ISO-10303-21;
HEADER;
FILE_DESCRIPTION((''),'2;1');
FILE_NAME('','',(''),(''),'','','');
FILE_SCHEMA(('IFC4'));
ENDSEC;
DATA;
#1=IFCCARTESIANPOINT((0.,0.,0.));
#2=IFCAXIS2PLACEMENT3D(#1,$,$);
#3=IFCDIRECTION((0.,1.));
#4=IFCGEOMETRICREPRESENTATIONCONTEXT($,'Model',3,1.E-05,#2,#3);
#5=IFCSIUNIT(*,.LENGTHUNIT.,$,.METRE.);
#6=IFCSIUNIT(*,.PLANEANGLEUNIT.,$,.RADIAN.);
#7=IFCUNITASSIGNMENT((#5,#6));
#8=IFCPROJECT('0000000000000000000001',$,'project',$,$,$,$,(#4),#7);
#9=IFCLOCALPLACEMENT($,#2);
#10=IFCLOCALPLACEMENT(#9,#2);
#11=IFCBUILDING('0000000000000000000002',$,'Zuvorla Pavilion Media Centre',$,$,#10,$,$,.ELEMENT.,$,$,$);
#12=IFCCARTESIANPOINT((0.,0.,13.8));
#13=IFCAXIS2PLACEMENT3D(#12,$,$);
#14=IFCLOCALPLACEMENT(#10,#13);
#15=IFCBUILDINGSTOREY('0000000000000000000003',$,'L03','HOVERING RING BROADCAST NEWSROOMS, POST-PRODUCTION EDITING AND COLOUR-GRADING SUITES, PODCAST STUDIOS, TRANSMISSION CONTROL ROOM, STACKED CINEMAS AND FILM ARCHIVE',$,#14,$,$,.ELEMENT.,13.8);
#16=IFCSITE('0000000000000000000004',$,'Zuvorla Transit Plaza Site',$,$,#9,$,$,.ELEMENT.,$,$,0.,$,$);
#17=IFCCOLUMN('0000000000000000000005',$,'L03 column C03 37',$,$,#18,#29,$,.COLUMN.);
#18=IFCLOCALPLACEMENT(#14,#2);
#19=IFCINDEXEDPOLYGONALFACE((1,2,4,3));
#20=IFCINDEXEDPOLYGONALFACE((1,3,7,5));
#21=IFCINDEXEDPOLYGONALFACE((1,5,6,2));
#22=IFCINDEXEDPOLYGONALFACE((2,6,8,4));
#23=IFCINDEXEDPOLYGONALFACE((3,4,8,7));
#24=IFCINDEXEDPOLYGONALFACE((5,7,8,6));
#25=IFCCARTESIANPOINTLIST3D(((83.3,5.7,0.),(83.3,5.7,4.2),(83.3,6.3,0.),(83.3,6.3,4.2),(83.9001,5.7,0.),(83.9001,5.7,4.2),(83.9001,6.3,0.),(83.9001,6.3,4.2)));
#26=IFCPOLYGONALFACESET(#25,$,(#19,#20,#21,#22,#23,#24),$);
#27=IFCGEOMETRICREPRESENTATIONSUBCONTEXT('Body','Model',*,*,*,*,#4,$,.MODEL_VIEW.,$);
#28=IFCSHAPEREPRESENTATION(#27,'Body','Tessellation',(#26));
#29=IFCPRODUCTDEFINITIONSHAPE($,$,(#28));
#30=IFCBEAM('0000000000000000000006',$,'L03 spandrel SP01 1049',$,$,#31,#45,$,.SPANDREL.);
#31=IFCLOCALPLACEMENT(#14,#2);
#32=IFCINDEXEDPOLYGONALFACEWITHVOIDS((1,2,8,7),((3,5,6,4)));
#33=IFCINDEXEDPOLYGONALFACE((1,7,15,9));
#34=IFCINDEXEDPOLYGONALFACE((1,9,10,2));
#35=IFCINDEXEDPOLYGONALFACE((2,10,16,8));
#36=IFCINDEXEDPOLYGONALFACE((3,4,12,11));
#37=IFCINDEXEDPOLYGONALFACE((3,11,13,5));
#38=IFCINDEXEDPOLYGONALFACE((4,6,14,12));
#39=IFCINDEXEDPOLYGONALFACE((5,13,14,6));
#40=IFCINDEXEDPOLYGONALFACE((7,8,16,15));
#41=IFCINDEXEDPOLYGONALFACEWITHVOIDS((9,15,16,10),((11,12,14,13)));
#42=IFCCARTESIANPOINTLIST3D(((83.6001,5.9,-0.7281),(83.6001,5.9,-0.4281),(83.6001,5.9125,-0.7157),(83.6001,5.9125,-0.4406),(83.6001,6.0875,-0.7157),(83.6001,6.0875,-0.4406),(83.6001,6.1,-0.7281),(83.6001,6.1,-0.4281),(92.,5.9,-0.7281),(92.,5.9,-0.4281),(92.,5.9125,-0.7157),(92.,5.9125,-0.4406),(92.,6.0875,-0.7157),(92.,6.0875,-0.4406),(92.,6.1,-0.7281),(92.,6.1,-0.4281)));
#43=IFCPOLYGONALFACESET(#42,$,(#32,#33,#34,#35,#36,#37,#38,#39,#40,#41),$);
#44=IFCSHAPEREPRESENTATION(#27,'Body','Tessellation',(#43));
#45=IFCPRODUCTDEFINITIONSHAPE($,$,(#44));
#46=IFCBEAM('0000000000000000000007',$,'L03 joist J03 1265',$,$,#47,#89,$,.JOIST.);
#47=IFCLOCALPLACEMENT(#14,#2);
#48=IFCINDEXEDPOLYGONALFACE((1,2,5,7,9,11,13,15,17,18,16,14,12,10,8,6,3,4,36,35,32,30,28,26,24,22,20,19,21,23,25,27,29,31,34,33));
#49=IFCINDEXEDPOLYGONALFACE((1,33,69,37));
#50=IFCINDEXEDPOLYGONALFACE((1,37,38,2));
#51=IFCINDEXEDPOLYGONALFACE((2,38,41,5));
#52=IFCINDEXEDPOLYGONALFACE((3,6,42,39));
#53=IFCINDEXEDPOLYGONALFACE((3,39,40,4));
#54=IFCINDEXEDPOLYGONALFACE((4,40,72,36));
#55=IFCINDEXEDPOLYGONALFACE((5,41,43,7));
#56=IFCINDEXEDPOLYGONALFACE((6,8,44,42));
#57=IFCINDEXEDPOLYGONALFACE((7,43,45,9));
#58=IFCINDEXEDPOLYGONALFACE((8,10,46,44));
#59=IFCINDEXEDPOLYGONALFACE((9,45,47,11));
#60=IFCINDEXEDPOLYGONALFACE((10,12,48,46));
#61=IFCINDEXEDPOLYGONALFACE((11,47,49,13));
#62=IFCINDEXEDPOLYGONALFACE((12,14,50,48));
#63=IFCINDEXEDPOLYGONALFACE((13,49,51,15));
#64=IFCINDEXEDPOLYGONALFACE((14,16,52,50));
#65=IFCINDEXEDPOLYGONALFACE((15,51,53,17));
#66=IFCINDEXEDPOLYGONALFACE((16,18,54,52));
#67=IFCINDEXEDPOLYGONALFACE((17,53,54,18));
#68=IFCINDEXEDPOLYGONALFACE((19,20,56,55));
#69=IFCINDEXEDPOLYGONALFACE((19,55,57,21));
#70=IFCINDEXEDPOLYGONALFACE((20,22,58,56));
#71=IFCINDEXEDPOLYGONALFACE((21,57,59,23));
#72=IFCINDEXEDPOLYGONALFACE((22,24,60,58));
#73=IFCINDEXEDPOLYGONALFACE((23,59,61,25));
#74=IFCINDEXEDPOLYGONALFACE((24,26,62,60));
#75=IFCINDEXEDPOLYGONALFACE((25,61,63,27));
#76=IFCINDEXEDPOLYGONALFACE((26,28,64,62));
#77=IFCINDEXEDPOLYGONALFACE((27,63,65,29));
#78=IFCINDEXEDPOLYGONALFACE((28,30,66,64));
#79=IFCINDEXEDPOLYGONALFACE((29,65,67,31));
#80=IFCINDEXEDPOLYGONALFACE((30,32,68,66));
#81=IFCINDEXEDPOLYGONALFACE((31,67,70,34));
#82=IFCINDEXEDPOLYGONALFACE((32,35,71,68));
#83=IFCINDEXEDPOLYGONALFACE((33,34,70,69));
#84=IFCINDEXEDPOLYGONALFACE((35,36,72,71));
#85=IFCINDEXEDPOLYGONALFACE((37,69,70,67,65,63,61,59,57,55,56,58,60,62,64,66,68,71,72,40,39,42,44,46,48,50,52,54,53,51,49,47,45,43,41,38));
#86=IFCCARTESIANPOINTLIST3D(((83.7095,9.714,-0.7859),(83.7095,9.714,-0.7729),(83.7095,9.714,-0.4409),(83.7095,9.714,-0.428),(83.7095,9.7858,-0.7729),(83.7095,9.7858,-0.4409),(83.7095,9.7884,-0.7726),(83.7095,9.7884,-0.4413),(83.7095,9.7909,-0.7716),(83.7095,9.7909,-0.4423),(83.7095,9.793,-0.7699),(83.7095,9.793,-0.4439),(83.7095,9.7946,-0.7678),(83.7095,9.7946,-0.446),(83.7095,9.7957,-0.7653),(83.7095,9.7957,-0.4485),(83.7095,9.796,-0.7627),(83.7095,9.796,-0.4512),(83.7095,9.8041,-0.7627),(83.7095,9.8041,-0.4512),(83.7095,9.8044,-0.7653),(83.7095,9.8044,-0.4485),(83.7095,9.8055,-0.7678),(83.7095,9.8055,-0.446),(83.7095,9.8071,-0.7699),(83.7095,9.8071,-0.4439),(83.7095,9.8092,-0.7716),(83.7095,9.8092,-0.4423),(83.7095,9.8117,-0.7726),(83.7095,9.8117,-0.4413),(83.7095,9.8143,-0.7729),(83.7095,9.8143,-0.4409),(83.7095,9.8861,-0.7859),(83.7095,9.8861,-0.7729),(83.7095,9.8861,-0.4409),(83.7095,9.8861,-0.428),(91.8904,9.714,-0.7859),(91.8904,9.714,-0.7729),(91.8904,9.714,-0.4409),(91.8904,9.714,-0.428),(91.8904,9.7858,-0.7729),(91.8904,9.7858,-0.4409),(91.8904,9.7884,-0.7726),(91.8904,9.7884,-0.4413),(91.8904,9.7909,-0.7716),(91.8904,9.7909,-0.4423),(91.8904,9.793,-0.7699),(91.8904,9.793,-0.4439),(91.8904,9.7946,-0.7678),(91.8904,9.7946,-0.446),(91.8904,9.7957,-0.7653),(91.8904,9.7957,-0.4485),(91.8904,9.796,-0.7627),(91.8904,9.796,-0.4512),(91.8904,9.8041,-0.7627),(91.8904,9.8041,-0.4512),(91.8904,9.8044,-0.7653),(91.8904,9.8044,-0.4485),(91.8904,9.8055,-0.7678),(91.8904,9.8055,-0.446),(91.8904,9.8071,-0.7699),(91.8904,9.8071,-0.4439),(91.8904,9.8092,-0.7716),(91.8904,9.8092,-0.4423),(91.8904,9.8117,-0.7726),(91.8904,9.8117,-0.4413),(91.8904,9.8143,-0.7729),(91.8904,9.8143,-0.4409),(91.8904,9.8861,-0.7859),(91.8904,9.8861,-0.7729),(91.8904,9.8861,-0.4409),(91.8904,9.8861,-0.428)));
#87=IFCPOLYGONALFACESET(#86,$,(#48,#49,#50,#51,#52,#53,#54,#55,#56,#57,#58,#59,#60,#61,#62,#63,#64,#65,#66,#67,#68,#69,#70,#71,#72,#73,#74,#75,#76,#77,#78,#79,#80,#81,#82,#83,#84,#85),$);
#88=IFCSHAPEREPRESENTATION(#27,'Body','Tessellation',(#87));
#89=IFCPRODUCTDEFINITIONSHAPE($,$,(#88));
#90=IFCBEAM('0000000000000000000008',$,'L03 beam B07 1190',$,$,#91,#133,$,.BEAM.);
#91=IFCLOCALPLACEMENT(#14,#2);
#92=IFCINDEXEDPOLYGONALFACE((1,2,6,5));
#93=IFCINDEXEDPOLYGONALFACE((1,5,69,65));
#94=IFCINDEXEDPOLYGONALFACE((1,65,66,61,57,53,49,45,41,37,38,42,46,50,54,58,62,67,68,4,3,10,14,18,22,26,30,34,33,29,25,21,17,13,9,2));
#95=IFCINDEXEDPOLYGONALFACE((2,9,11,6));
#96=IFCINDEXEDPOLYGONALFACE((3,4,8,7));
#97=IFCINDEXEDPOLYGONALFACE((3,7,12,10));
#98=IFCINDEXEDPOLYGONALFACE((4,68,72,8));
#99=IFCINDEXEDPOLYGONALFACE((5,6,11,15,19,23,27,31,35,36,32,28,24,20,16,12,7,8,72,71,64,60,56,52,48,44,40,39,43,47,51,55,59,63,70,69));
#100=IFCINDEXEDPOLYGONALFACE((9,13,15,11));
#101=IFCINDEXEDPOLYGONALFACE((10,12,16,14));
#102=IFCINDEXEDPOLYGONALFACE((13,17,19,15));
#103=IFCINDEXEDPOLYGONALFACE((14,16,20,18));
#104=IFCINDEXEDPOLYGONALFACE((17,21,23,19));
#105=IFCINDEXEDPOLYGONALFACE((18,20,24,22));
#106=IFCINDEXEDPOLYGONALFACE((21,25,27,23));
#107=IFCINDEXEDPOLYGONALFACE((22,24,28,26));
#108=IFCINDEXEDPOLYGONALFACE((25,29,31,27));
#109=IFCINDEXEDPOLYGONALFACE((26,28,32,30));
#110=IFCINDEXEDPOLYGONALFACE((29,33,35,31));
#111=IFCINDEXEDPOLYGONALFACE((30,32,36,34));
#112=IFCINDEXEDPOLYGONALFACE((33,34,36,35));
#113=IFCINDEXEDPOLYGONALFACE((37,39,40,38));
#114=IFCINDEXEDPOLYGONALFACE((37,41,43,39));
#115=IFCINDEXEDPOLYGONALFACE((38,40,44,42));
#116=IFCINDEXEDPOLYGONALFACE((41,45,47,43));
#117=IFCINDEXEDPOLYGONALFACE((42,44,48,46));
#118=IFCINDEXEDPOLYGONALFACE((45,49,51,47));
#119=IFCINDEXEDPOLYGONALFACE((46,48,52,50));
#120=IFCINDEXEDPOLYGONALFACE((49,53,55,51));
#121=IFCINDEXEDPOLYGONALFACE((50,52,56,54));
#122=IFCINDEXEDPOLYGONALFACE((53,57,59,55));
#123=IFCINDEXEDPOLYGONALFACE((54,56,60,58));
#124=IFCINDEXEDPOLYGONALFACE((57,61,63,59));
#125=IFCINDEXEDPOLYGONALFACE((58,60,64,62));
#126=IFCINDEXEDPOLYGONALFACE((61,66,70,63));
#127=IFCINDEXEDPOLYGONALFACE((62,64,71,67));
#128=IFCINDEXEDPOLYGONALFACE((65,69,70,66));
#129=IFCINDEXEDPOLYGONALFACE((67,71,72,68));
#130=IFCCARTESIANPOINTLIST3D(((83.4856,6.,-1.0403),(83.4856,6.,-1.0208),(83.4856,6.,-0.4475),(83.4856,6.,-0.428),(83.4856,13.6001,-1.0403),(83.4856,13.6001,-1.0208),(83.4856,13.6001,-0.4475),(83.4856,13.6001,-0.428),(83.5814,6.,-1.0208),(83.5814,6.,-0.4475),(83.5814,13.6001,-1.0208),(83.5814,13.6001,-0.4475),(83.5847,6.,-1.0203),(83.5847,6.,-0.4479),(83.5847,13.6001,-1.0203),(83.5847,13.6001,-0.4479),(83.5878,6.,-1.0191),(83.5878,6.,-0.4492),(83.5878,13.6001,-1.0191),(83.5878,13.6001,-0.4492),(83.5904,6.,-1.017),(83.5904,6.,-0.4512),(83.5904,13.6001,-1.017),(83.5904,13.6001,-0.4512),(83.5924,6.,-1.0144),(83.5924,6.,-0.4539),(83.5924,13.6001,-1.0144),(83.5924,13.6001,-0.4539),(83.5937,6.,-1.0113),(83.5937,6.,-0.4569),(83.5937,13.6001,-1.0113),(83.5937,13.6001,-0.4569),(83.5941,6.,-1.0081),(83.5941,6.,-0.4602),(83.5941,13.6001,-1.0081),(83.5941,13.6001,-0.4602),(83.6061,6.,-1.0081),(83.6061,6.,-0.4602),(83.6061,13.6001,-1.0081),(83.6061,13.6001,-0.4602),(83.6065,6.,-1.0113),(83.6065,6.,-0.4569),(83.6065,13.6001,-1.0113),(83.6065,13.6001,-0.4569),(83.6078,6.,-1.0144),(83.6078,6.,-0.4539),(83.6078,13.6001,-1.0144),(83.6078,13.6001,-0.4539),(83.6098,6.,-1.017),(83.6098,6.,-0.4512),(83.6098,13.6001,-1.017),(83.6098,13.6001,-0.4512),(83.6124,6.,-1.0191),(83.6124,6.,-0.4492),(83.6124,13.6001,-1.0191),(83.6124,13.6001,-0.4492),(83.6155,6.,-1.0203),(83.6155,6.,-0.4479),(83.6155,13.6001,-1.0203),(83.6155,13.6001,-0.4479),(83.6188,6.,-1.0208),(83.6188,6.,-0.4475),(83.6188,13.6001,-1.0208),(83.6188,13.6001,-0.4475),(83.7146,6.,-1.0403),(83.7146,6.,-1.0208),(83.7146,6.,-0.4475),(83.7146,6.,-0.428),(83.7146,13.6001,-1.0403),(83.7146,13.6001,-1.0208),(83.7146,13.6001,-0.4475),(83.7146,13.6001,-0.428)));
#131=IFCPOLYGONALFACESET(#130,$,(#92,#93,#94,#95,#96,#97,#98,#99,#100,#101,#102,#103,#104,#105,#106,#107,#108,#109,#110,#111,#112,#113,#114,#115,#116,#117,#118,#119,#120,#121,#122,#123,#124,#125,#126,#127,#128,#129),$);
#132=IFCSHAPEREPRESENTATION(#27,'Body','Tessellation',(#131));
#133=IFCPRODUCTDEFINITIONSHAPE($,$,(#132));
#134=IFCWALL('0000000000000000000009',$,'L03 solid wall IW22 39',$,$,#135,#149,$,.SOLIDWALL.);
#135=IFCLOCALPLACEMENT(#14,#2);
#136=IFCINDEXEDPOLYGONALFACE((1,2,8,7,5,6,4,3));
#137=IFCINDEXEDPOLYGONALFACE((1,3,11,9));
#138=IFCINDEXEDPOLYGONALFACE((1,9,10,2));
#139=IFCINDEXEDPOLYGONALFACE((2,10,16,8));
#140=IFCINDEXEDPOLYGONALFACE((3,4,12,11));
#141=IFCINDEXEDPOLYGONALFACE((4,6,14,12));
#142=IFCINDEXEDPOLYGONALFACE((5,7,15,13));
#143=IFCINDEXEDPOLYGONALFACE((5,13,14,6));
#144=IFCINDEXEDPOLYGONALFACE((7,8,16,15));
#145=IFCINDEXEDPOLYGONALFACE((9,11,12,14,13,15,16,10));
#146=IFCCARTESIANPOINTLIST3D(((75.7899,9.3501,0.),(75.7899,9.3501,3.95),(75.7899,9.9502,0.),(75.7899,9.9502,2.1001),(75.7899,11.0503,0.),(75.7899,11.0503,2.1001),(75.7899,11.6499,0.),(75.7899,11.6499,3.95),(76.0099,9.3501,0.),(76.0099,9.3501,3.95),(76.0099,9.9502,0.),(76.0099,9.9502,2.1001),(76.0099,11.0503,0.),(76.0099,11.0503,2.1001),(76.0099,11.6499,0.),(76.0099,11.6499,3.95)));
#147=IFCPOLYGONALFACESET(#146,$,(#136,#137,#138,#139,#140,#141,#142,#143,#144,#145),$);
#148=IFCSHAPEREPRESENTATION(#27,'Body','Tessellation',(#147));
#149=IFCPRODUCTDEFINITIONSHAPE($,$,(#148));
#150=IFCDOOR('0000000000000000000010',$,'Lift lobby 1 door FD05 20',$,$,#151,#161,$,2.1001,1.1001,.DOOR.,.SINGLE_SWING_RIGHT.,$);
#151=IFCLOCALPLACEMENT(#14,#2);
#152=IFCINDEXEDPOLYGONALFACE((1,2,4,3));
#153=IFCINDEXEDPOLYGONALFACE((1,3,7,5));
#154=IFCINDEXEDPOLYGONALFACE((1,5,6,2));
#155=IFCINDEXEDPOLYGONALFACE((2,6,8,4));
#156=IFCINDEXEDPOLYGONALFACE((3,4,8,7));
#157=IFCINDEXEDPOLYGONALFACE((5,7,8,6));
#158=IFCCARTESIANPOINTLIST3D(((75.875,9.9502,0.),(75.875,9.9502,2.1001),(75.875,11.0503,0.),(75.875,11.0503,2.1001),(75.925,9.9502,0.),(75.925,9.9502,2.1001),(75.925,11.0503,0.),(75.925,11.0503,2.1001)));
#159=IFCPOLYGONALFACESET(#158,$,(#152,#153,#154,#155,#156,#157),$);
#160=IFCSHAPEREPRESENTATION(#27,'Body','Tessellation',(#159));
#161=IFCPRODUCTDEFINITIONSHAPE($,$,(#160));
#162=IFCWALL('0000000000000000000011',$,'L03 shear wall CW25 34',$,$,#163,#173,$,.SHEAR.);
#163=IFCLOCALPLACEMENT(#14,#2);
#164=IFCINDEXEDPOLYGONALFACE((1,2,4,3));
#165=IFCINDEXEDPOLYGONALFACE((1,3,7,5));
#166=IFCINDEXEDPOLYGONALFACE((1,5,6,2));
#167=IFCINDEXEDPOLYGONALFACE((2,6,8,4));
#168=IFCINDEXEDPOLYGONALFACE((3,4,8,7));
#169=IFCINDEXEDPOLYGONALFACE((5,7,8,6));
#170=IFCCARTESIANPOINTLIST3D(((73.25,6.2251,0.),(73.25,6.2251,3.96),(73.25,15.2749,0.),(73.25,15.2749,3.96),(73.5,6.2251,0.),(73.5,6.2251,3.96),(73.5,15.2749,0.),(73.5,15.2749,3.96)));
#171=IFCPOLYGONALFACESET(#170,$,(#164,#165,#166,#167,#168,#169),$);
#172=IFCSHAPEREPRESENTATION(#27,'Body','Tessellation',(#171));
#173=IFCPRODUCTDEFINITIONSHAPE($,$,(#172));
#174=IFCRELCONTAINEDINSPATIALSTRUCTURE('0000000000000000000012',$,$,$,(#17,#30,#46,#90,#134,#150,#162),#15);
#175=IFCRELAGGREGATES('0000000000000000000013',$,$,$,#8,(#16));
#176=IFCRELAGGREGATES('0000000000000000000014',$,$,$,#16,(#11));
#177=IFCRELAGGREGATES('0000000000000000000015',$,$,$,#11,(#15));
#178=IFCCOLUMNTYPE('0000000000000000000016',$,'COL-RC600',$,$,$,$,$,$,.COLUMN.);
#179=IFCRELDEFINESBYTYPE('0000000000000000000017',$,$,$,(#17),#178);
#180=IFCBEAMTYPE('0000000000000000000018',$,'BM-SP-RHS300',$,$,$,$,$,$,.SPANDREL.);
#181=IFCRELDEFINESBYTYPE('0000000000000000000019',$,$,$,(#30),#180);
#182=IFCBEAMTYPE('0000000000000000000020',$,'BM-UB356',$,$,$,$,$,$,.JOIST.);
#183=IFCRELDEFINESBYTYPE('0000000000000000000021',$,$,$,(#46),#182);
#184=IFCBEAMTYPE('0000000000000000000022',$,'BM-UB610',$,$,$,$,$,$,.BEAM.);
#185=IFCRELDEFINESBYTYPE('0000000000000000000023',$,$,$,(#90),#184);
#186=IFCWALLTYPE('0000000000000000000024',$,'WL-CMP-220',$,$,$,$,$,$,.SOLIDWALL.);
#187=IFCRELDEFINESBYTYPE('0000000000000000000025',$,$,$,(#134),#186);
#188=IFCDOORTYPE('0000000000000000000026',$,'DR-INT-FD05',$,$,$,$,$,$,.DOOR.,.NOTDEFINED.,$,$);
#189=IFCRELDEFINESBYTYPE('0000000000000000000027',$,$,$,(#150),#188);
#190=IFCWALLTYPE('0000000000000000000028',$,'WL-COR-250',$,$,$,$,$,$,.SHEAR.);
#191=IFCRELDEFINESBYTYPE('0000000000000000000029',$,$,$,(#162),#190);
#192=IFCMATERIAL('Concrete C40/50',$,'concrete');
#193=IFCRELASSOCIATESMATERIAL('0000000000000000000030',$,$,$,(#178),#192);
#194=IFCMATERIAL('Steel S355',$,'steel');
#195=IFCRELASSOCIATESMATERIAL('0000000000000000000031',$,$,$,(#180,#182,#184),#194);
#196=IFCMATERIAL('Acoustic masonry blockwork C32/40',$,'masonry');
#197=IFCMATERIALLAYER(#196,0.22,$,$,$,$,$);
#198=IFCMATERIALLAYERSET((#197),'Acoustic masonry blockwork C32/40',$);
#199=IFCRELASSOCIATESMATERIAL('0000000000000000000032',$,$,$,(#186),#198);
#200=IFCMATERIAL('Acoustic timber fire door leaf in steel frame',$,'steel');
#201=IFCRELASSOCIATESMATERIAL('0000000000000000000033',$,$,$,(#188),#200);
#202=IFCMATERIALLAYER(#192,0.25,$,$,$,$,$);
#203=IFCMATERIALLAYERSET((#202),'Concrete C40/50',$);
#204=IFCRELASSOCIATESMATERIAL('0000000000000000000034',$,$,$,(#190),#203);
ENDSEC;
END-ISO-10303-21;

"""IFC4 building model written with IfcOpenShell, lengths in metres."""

from ifc_helpers import new_model, si_unit, direction, frame, frame_2d, origin, origin_2d, place, context, subcontext, project, spatial, rectangle, hollow_rectangle, i_section, extrude, material, layer, layer_set, material_profile, profile_set, type_object, element, fill, save


model = new_model("IFC4")

# Units and contexts
model_context = context("Model", 3, precision=1e-05, world=origin(), true_north=direction((0.0, 1.0)))
body_context = subcontext(model_context, "Body", "Model", "MODEL_VIEW")
ifc_project = project(units=[si_unit("LENGTHUNIT", "METRE"), si_unit("PLANEANGLEUNIT", "RADIAN")], contexts=[model_context])

# Site, building, storey
site_placement = place(None, origin())
site = spatial("IfcSite", under=ifc_project, at=site_placement, Name="Zuvorla Transit Plaza Site", CompositionType="ELEMENT", RefElevation=0.0)
building_placement = place(site_placement, origin())
building = spatial("IfcBuilding", under=site, at=building_placement, Name="Zuvorla Pavilion Media Centre", CompositionType="ELEMENT")
storey_placement = place(building_placement, frame((0.0, 0.0, 13.8)))
storey = spatial("IfcBuildingStorey", under=building, at=storey_placement, Name="L03", Description="HOVERING RING BROADCAST NEWSROOMS, POST-PRODUCTION EDITING AND COLOUR-GRADING SUITES, PODCAST STUDIOS, TRANSMISSION CONTROL ROOM, STACKED CINEMAS AND FILM ARCHIVE", CompositionType="ELEMENT", Elevation=13.8)

# Column
ifc_material_1 = material(Name="Concrete C40/50", Category="concrete")
ifc_material_profile_1 = material_profile(ifc_material_1, rectangle(XDim=0.6001, YDim=0.6001, at=origin_2d()), Name="RC 600x600")
ifc_profile_set_1 = profile_set([ifc_material_profile_1], Name="Concrete C40/50")
column_type = type_object("IfcColumnType", Name="COL-RC600", PredefinedType="COLUMN", material=ifc_profile_set_1)
column_placement = place(storey_placement, frame((83.6001, 6.0, 0.0), z_axis=(0.0, 0.0, 1.0), x_axis=(1.0, 0.0, 0.0)))
element("IfcColumn", 1, at=column_placement, inside=storey, type_object=column_type, Name="L03 column C03 37", PredefinedType="COLUMN", context=body_context, shape_type="SweptSolid", body=[
    extrude(rectangle(XDim=0.6001, YDim=0.6001, at=origin_2d()), origin(), (0.0, 0.0, 1.0), 4.2),
])

# Beams
ifc_material_2 = material(Name="Steel S355", Category="steel")
ifc_material_profile_2 = material_profile(ifc_material_2, hollow_rectangle(XDim=0.2, YDim=0.3, WallThickness=0.0125, at=origin_2d()), Name="RHS 300x200x12.5")
ifc_profile_set_2 = profile_set([ifc_material_profile_2], Name="Steel S355")
beam_type_1 = type_object("IfcBeamType", Name="BM-SP-RHS300", PredefinedType="SPANDREL", material=ifc_profile_set_2)
beam_1_placement = place(storey_placement, frame((83.6001, 6.0, -0.5781), z_axis=(1.0, 0.0, 0.0), x_axis=(0.0, 1.0, 0.0)))
element("IfcBeam", 2, at=beam_1_placement, inside=storey, type_object=beam_type_1, Name="L03 spandrel SP01 1049", PredefinedType="SPANDREL", context=body_context, shape_type="SweptSolid", body=[
    extrude(hollow_rectangle(XDim=0.2, YDim=0.3, WallThickness=0.0125, at=origin_2d()), origin(), (0.0, 0.0, 1.0), 8.3999),
])
ifc_material_profile_3 = material_profile(ifc_material_2, i_section(OverallWidth=0.1721, OverallDepth=0.3579, WebThickness=0.0081, FlangeThickness=0.0129, FilletRadius=0.0103, at=origin_2d()), Name="UB 356x171x57")
ifc_profile_set_3 = profile_set([ifc_material_profile_3], Name="Steel S355")
beam_type_2 = type_object("IfcBeamType", Name="BM-UB356", PredefinedType="JOIST", material=ifc_profile_set_3)
beam_2_placement = place(storey_placement, frame((83.7095, 9.8, -0.6069), z_axis=(1.0, 0.0, 0.0), x_axis=(0.0, 1.0, 0.0)))
element("IfcBeam", 3, at=beam_2_placement, inside=storey, type_object=beam_type_2, Name="L03 joist J03 1265", PredefinedType="JOIST", context=body_context, shape_type="SweptSolid", body=[
    extrude(i_section(OverallWidth=0.1721, OverallDepth=0.3579, WebThickness=0.0081, FlangeThickness=0.0129, FilletRadius=0.0103, at=origin_2d()), origin(), (0.0, 0.0, 1.0), 8.1809),
])
ifc_material_profile_4 = material_profile(ifc_material_2, i_section(OverallWidth=0.229, OverallDepth=0.6123, WebThickness=0.012, FlangeThickness=0.0195, FilletRadius=0.0127, at=origin_2d()), Name="UB 610x229x125")
ifc_profile_set_4 = profile_set([ifc_material_profile_4], Name="Steel S355")
beam_type_3 = type_object("IfcBeamType", Name="BM-UB610", PredefinedType="BEAM", material=ifc_profile_set_4)
beam_3_placement = place(storey_placement, frame((83.6001, 6.0, -0.7341), z_axis=(0.0, 1.0, 0.0), x_axis=(-1.0, 0.0, 0.0)))
element("IfcBeam", 4, at=beam_3_placement, inside=storey, type_object=beam_type_3, Name="L03 beam B07 1190", PredefinedType="BEAM", context=body_context, shape_type="SweptSolid", body=[
    extrude(i_section(OverallWidth=0.229, OverallDepth=0.6123, WebThickness=0.012, FlangeThickness=0.0195, FilletRadius=0.0127, at=origin_2d()), origin(), (0.0, 0.0, 1.0), 7.6001),
])

# Wall, opening, door
ifc_material_3 = material(Name="Acoustic masonry blockwork C32/40", Category="masonry")
ifc_layer_1 = layer(ifc_material_3, 0.22)
ifc_layer_set_1 = layer_set([ifc_layer_1], Name="Acoustic masonry blockwork C32/40")
wall_type_1 = type_object("IfcWallType", Name="WL-CMP-220", PredefinedType="SOLIDWALL", material=ifc_layer_set_1)
wall_1_placement = place(storey_placement, frame((75.8999, 9.3501, 0.0), z_axis=(0.0, 0.0, 1.0), x_axis=(0.0, 1.0, 0.0)))
wall_1 = element("IfcWall", 5, at=wall_1_placement, inside=storey, type_object=wall_type_1, Name="L03 solid wall IW22 39", PredefinedType="SOLIDWALL", context=body_context, shape_type="SweptSolid", body=[
    extrude(rectangle(XDim=2.2998, YDim=0.22, at=frame_2d((1.1499, 0.0))), origin(), (0.0, 0.0, 1.0), 3.95),
])
opening_1_placement = place(wall_1_placement, frame((0.6001, 0.0, 0.0)))
opening_1 = element("IfcOpeningElement", 6, at=opening_1_placement, cuts=wall_1, PredefinedType="OPENING", context=body_context, shape_type="SweptSolid", body=[
    extrude(rectangle(XDim=1.1001, YDim=2.1001, at=frame_2d((0.55, 1.05))), frame((0.0, 0.1199, 0.0), z_axis=(0.0, -1.0, 0.0), x_axis=(1.0, 0.0, 0.0)), (0.0, 0.0, 1.0), 0.24),
])
ifc_material_4 = material(Name="Acoustic timber fire door leaf in steel frame", Category="steel")
door_type_1 = type_object("IfcDoorType", Name="DR-INT-FD05", OperationType="NOTDEFINED", PredefinedType="DOOR", material=ifc_material_4)
door_1_placement = place(opening_1_placement, origin())
door_1 = element("IfcDoor", 7, at=door_1_placement, inside=storey, type_object=door_type_1, Name="Lift lobby 1 door FD05 20", OperationType="SINGLE_SWING_RIGHT", OverallHeight=2.1001, OverallWidth=1.1001, PredefinedType="DOOR", context=body_context, shape_type="SweptSolid", body=[
    extrude(rectangle(XDim=1.1001, YDim=2.1001, at=frame_2d((0.55, 1.05))), frame((0.0, 0.0249, 0.0), z_axis=(0.0, -1.0, 0.0), x_axis=(1.0, 0.0, 0.0)), (0.0, 0.0, 1.0), 0.05),
])
fill(opening_1, door_1)

# Wall
ifc_layer_2 = layer(ifc_material_1, 0.25)
ifc_layer_set_2 = layer_set([ifc_layer_2], Name="Concrete C40/50")
wall_type_2 = type_object("IfcWallType", Name="WL-COR-250", PredefinedType="SHEAR", material=ifc_layer_set_2)
wall_2_placement = place(storey_placement, frame((73.375, 6.2251, 0.0), z_axis=(0.0, 0.0, 1.0), x_axis=(0.0, 1.0, 0.0)))
element("IfcWall", 8, at=wall_2_placement, inside=storey, type_object=wall_type_2, Name="L03 shear wall CW25 34", PredefinedType="SHEAR", context=body_context, shape_type="SweptSolid", body=[
    extrude(rectangle(XDim=9.0498, YDim=0.25, at=frame_2d((4.5249, 0.0))), origin(), (0.0, 0.0, 1.0), 3.96),
])

save(model, "model.ifc")
